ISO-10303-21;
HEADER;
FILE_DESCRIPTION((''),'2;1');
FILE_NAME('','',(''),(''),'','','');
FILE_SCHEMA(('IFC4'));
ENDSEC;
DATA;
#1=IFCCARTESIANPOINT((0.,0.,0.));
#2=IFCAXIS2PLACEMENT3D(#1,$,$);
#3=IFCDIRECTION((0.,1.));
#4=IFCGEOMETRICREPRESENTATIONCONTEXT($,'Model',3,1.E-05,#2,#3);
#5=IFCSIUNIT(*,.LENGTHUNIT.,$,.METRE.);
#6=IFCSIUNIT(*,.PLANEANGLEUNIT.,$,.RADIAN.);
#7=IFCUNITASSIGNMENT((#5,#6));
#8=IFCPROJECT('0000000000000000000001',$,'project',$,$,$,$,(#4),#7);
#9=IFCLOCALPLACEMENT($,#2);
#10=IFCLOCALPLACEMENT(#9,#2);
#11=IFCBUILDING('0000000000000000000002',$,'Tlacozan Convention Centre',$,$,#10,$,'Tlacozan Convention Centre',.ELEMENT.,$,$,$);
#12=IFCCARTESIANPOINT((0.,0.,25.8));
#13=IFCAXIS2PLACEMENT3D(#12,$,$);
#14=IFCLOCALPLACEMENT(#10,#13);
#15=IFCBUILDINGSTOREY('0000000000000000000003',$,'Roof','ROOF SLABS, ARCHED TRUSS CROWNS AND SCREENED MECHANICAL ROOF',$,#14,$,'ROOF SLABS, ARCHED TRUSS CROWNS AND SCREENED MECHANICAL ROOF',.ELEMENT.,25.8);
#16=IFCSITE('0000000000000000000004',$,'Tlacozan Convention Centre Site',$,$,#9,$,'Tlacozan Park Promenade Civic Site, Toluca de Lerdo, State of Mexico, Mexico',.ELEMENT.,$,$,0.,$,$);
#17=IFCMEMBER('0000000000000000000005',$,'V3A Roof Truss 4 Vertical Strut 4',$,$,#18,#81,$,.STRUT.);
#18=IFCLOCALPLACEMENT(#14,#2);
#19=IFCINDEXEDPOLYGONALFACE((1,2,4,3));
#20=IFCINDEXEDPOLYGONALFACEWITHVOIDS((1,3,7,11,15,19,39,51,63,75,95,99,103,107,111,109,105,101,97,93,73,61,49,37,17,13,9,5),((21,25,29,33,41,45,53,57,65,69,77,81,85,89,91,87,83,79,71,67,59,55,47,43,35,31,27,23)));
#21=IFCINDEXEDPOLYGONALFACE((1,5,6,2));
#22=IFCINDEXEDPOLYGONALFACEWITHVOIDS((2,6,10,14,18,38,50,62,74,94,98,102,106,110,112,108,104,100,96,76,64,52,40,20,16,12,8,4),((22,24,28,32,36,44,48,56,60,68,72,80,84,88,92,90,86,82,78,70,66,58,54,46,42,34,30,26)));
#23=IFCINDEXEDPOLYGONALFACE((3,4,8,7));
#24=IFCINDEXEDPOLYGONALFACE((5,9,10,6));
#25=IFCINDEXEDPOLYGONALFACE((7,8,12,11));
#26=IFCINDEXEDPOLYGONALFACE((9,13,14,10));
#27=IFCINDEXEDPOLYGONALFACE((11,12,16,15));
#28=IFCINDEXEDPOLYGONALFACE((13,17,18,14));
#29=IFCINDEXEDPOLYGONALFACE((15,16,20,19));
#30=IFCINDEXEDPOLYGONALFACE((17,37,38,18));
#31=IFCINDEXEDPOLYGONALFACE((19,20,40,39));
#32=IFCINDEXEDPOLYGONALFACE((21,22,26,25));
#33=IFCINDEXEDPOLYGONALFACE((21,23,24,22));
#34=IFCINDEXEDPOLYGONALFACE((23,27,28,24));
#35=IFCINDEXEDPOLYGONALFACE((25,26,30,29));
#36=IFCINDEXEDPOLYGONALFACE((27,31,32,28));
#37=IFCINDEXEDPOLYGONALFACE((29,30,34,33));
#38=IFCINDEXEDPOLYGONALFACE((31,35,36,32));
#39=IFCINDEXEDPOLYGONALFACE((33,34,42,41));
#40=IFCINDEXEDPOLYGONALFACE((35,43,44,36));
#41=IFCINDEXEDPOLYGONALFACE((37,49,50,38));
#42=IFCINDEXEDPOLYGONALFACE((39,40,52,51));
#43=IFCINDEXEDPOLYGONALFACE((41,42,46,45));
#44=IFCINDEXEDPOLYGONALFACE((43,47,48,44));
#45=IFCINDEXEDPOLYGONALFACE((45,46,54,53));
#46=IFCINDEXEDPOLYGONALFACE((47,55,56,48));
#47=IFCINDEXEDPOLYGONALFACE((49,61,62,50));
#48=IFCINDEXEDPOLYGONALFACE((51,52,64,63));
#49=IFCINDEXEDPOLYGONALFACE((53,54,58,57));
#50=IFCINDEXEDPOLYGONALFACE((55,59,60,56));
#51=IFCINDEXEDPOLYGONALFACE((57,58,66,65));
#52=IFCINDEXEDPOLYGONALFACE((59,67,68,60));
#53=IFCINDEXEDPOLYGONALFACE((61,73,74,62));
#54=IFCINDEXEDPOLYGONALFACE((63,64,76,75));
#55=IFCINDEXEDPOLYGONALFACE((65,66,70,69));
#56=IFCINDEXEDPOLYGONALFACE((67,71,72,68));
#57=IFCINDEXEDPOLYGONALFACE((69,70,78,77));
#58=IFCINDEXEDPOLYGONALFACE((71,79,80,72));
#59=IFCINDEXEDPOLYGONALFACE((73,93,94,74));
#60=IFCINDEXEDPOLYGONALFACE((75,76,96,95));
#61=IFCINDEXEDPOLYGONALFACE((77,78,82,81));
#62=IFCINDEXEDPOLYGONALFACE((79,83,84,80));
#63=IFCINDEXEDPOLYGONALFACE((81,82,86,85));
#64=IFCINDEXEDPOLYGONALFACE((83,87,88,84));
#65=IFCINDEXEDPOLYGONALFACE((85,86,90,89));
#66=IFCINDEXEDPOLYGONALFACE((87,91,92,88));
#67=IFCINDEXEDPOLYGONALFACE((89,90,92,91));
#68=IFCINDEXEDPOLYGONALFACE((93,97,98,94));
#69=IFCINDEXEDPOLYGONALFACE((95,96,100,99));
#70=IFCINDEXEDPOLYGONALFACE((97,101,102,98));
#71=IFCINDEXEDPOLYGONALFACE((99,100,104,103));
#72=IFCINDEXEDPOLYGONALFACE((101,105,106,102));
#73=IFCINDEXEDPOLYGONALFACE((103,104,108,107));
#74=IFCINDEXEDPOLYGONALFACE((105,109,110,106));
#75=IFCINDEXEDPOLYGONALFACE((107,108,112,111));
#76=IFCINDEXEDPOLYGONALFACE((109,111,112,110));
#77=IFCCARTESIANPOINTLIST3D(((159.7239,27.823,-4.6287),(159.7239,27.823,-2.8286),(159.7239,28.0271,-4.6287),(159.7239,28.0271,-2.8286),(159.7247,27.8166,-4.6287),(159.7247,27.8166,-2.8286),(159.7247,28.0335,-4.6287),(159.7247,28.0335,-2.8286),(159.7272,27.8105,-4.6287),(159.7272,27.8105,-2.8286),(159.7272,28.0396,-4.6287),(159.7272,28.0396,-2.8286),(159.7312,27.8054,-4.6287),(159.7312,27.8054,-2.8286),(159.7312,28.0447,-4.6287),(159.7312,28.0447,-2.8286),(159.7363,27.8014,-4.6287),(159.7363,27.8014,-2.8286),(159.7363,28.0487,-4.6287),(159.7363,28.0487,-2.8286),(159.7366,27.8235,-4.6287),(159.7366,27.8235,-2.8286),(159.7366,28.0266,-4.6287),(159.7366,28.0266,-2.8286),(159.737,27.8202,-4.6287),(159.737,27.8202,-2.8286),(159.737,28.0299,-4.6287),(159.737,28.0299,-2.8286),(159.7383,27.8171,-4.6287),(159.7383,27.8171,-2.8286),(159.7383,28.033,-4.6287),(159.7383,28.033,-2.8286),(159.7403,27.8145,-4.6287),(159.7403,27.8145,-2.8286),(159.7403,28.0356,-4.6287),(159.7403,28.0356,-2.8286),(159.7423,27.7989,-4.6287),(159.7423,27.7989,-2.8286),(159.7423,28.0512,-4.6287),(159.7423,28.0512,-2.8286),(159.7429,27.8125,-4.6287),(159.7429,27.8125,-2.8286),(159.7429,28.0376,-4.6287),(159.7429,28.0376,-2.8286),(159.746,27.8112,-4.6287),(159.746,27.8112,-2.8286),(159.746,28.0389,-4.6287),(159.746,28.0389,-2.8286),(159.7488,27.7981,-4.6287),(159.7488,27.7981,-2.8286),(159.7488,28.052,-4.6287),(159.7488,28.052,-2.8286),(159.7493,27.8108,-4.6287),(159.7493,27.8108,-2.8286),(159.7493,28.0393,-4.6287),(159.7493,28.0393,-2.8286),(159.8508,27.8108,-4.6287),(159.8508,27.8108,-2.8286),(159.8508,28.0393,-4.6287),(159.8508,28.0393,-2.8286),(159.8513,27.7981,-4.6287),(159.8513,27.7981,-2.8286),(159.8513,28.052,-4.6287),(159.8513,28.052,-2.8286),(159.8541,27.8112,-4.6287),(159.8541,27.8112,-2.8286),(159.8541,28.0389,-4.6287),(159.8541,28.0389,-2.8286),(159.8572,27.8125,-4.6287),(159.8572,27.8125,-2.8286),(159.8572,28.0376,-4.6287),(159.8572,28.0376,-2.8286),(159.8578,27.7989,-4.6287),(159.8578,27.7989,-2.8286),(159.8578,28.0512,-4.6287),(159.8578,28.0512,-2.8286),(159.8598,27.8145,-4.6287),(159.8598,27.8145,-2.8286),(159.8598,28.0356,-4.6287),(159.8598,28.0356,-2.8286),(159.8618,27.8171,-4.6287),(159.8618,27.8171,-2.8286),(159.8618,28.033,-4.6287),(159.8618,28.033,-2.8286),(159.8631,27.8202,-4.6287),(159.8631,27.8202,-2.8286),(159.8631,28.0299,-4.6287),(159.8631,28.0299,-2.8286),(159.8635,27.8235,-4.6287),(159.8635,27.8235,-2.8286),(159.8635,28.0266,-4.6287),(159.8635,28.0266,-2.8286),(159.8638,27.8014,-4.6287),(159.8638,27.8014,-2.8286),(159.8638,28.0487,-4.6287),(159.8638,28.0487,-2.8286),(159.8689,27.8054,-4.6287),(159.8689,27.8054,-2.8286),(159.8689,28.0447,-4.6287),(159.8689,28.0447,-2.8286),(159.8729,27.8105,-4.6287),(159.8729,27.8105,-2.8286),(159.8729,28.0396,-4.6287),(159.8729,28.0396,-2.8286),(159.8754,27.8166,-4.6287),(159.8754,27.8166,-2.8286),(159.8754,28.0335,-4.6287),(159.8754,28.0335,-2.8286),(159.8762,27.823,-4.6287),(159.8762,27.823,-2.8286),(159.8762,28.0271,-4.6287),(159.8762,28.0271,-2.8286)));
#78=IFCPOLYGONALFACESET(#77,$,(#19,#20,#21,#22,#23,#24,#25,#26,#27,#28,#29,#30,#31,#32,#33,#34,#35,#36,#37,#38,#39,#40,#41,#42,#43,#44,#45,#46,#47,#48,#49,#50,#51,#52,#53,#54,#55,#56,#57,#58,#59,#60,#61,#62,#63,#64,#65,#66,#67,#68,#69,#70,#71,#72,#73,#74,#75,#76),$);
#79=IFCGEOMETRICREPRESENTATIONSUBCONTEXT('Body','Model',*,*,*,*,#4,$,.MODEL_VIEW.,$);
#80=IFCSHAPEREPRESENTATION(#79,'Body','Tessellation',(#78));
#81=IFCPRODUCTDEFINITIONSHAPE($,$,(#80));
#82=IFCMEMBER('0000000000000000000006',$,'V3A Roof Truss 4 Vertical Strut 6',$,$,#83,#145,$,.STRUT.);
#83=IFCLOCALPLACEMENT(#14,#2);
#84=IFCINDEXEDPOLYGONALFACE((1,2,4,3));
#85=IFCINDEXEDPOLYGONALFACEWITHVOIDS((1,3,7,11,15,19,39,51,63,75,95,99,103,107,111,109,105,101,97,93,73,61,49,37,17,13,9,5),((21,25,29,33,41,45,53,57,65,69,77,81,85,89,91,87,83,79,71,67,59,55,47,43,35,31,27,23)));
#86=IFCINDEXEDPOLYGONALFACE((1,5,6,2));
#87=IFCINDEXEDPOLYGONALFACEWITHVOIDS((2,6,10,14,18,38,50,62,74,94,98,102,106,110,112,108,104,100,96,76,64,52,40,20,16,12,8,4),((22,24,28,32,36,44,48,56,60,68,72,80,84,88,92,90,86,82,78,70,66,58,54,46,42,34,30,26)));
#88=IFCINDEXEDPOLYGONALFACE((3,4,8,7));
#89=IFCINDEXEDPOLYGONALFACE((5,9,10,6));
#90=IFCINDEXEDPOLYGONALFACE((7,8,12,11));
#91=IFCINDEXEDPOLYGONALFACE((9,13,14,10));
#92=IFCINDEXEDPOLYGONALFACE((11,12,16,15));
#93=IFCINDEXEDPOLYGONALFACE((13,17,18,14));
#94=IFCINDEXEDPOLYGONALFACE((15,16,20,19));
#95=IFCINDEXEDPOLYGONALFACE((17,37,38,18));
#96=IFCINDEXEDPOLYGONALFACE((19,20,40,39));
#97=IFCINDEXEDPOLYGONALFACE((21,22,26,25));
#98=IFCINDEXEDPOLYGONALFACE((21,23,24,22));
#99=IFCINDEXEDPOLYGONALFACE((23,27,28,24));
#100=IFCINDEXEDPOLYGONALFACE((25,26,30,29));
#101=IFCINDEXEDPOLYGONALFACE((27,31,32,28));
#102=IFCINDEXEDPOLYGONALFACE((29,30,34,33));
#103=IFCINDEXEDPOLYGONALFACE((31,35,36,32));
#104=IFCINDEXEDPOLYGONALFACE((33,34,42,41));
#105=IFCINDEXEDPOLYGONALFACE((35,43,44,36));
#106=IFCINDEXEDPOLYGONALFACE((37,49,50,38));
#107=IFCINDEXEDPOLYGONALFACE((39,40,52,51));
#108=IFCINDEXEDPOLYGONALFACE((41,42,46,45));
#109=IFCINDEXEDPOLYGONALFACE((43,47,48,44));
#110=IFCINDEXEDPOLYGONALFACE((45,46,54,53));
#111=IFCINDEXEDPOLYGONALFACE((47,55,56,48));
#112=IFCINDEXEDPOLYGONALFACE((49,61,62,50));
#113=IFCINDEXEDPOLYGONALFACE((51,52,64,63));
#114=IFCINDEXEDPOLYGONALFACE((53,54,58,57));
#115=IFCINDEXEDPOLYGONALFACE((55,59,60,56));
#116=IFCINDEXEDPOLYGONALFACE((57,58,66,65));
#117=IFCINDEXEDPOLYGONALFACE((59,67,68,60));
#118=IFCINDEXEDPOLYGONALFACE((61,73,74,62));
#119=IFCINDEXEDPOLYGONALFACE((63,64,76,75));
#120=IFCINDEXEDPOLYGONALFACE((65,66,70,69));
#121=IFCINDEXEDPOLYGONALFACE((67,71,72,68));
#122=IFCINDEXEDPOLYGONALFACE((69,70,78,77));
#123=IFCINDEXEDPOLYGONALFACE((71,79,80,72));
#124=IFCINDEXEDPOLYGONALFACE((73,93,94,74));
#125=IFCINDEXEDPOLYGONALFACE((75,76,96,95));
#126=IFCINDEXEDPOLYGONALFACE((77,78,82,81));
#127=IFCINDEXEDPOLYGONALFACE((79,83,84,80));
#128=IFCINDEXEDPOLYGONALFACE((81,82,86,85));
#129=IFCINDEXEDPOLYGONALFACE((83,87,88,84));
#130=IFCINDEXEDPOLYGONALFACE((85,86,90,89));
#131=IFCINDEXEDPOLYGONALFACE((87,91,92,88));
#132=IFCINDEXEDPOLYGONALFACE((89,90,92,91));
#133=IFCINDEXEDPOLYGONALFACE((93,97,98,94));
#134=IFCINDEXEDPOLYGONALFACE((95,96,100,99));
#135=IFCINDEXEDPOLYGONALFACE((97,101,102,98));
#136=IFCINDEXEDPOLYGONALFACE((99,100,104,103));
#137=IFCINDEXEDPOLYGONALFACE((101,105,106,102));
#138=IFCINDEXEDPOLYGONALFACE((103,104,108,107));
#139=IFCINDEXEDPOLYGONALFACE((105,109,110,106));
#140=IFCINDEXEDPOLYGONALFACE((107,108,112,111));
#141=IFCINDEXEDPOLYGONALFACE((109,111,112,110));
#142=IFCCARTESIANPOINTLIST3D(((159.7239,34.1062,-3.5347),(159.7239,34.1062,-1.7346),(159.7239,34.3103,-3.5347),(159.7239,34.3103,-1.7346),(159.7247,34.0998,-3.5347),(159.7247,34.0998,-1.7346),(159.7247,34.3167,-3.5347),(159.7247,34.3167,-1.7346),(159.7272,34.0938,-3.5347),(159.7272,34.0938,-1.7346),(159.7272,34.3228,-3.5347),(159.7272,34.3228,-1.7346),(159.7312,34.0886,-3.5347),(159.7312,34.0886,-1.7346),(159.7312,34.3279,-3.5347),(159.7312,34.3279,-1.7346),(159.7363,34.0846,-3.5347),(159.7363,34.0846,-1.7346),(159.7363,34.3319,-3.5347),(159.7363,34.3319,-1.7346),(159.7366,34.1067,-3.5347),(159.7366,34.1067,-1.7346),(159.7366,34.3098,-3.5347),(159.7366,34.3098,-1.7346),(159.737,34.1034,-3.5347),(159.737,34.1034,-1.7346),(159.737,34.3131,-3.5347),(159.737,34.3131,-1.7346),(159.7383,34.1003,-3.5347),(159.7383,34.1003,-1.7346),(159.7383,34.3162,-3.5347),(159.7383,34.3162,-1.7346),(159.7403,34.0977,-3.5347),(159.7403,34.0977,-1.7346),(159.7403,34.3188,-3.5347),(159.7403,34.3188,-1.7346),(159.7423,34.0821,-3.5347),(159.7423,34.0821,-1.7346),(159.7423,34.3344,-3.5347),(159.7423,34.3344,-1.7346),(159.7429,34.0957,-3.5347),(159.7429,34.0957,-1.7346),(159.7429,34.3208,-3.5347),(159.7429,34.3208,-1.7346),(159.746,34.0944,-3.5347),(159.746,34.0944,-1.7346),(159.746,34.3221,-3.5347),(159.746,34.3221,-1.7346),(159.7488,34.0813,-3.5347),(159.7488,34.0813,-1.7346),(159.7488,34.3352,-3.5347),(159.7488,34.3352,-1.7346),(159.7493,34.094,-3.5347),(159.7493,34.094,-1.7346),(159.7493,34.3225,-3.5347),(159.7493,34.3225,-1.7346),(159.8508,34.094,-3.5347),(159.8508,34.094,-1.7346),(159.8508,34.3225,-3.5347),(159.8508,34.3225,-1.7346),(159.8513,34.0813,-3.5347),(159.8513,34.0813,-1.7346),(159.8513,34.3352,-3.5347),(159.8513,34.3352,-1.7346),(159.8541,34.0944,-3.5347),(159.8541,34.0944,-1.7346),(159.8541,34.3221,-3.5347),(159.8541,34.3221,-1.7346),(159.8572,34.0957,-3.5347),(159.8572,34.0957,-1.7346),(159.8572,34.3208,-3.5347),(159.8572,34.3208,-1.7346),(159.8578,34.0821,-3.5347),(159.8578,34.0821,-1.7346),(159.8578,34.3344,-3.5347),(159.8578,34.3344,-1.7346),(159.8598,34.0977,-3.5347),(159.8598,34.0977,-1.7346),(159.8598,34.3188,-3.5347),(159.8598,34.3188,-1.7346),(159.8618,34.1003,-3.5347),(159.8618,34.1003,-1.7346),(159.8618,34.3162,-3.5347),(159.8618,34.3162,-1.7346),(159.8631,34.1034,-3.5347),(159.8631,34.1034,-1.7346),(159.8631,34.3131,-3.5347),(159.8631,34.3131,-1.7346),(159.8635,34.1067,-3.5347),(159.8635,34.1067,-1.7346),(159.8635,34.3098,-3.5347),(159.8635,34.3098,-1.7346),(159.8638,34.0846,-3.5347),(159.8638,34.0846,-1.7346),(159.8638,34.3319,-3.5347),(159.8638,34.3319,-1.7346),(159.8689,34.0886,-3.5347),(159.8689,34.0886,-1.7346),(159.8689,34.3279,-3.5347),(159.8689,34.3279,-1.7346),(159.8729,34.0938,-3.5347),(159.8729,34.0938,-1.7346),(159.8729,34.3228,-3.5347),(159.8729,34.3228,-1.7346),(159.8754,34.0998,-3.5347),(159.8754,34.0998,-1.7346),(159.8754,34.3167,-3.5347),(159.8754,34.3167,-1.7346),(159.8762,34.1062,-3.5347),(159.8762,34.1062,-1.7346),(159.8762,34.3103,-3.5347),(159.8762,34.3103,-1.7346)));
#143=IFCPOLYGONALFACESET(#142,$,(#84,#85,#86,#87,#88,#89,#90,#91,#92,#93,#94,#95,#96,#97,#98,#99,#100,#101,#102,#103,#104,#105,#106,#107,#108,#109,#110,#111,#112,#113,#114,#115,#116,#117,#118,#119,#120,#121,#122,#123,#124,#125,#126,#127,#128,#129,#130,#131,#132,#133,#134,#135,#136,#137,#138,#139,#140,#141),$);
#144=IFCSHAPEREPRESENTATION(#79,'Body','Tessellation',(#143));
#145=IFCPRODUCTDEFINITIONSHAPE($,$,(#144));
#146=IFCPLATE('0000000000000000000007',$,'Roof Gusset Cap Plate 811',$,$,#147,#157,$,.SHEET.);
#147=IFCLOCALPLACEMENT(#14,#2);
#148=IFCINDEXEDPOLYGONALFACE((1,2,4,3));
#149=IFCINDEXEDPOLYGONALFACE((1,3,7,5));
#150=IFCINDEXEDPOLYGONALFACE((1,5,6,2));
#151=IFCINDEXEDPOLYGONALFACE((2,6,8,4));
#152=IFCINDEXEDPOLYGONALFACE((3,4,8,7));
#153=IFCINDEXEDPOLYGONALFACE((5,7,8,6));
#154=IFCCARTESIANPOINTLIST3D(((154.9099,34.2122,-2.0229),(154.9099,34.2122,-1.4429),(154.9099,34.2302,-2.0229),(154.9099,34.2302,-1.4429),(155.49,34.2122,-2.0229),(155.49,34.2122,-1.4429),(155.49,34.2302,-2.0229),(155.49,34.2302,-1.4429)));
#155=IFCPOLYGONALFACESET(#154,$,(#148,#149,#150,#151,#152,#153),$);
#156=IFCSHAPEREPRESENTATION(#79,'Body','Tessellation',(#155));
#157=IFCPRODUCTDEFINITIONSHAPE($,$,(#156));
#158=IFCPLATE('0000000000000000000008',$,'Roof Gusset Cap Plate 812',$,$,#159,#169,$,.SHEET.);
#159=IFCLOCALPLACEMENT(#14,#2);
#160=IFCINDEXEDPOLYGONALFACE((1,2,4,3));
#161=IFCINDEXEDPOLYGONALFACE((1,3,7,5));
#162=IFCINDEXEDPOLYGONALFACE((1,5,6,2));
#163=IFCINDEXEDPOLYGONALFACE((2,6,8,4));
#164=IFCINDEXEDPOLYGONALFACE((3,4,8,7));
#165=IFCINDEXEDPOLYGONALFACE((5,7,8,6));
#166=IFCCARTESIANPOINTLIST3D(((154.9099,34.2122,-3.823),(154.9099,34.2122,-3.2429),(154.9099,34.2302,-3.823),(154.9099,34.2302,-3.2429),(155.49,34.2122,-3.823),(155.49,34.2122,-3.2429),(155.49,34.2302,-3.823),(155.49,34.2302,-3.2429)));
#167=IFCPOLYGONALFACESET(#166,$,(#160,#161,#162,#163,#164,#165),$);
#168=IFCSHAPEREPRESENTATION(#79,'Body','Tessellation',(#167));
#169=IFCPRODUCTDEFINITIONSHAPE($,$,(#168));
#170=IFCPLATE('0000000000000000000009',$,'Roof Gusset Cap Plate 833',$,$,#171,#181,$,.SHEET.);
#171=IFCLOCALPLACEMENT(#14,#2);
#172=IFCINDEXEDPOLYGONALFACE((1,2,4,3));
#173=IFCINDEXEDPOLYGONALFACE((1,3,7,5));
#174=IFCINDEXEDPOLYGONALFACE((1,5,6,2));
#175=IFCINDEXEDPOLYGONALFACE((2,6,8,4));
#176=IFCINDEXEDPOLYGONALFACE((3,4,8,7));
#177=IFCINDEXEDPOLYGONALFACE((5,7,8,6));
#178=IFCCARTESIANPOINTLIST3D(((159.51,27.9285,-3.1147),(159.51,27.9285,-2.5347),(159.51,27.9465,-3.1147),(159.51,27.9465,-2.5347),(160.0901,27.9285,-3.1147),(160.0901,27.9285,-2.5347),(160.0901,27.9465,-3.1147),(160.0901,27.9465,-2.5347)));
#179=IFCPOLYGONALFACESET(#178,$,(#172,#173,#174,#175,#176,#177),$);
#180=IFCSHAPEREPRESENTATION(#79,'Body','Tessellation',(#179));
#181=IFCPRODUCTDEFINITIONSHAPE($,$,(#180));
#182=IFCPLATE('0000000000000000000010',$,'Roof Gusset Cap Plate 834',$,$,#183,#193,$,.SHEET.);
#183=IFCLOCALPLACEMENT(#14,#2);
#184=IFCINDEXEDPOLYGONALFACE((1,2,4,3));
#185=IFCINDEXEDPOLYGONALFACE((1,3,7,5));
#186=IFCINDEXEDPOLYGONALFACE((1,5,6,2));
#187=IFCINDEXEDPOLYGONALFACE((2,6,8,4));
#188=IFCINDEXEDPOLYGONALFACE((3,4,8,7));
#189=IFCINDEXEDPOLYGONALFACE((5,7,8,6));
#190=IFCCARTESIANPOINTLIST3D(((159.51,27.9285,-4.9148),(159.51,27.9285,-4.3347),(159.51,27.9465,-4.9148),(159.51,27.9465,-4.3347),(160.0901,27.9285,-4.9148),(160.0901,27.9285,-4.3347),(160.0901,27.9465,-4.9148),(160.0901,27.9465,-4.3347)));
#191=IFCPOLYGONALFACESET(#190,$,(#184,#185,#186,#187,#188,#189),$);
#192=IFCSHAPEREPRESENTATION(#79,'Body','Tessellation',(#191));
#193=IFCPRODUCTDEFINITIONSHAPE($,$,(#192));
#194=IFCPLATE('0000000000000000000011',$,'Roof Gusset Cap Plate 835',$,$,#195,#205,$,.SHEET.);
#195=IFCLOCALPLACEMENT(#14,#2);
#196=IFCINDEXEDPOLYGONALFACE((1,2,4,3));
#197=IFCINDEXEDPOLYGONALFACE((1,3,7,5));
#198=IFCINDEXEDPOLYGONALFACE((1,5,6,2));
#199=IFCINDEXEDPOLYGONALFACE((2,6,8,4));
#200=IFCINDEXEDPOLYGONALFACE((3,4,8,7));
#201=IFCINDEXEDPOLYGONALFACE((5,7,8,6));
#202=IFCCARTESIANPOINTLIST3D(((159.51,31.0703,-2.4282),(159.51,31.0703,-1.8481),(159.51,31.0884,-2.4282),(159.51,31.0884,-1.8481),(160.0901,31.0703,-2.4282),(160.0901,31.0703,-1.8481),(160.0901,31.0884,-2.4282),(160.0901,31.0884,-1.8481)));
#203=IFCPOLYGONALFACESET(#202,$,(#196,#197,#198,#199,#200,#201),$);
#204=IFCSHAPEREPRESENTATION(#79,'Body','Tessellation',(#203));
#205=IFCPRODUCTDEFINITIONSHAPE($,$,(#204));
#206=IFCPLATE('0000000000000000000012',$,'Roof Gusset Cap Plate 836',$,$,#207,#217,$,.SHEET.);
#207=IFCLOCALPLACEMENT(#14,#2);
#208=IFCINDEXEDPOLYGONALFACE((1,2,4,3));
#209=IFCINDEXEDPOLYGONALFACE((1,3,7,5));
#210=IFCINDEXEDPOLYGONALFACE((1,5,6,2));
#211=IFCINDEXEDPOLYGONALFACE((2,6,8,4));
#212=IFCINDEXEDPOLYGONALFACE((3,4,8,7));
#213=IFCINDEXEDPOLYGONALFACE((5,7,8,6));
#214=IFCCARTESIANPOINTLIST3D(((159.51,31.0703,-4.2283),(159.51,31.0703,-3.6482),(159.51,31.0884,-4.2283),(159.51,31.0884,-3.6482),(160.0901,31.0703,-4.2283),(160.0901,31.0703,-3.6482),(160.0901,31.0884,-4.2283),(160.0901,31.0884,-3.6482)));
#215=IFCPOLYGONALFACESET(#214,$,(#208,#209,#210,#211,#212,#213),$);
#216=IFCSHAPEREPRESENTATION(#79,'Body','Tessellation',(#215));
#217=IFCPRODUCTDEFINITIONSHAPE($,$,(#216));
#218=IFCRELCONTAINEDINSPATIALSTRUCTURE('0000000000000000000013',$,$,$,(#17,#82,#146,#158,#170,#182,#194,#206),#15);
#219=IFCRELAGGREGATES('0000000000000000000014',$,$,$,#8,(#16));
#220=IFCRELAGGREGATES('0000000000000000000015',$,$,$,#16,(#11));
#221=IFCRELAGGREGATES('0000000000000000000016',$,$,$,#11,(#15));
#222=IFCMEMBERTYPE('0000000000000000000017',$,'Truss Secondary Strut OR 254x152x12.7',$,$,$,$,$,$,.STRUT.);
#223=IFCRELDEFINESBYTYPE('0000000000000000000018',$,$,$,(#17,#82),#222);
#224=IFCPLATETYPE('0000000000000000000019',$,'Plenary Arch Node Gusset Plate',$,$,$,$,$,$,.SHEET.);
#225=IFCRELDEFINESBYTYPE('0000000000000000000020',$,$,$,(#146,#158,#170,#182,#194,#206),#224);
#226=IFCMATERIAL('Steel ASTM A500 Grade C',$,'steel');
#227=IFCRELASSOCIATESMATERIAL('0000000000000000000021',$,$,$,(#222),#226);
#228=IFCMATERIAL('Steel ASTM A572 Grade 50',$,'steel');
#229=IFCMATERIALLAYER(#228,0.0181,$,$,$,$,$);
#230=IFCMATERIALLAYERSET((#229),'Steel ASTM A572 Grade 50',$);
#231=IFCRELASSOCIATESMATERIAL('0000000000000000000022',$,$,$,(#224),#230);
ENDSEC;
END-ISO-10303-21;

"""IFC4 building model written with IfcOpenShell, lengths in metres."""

from ifc_helpers import new_model, si_unit, direction, frame, origin, origin_2d, place, context, subcontext, project, spatial, rectangle, hollow_rectangle, extrude, material, layer, layer_set, material_profile, profile_set, type_object, element, save


model = new_model("IFC4")

# Units and contexts
model_context = context("Model", 3, precision=1e-05, world=origin(), true_north=direction((0.0, 1.0)))
body_context = subcontext(model_context, "Body", "Model", "MODEL_VIEW")
ifc_project = project(units=[si_unit("LENGTHUNIT", "METRE"), si_unit("PLANEANGLEUNIT", "RADIAN")], contexts=[model_context])

# Site, building, storey
site_placement = place(None, origin())
site = spatial("IfcSite", under=ifc_project, at=site_placement, Name="Tlacozan Convention Centre Site", LongName="Tlacozan Park Promenade Civic Site, Toluca de Lerdo, State of Mexico, Mexico", CompositionType="ELEMENT", RefElevation=0.0)
building_placement = place(site_placement, origin())
building = spatial("IfcBuilding", under=site, at=building_placement, Name="Tlacozan Convention Centre", LongName="Tlacozan Convention Centre", CompositionType="ELEMENT")
storey_placement = place(building_placement, frame((0.0, 0.0, 25.8)))
storey = spatial("IfcBuildingStorey", under=building, at=storey_placement, Name="Roof", Description="ROOF SLABS, ARCHED TRUSS CROWNS AND SCREENED MECHANICAL ROOF", LongName="ROOF SLABS, ARCHED TRUSS CROWNS AND SCREENED MECHANICAL ROOF", CompositionType="ELEMENT", Elevation=25.8)

# Members
ifc_material_1 = material(Name="Steel ASTM A500 Grade C", Category="steel")
ifc_material_profile_1 = material_profile(ifc_material_1, hollow_rectangle(XDim=0.1523, YDim=0.2539, WallThickness=0.0127, InnerFilletRadius=0.0127, OuterFilletRadius=0.0249, at=origin_2d()), Name="OR 254x152x12.7")
ifc_profile_set_1 = profile_set([ifc_material_profile_1], Name="Steel ASTM A500 Grade C")
member_type_1 = type_object("IfcMemberType", Name="Truss Secondary Strut OR 254x152x12.7", PredefinedType="STRUT", material=ifc_profile_set_1)
for number, where, z_axis, x_axis, name in (
    (1, (159.8, 27.925, -4.6287), (0.0, 0.0, 1.0), (1.0, 0.0, 0.0), "V3A Roof Truss 4 Vertical Strut 4"),
    (2, (159.8, 34.2083, -3.5347), (0.0, 0.0, 1.0), (1.0, 0.0, 0.0), "V3A Roof Truss 4 Vertical Strut 6"),
):
    element("IfcMember", number, at=place(storey_placement, frame(where, z_axis=z_axis, x_axis=x_axis)), inside=storey, type_object=member_type_1, Name=name, PredefinedType="STRUT", context=body_context, shape_type="SweptSolid", body=[
        extrude(hollow_rectangle(XDim=0.1523, YDim=0.2539, WallThickness=0.0127, InnerFilletRadius=0.0127, OuterFilletRadius=0.0249, at=origin_2d()), origin(), (0.0, 0.0, 1.0), 1.8),
    ])

# Plates
ifc_material_2 = material(Name="Steel ASTM A572 Grade 50", Category="steel")
ifc_layer = layer(ifc_material_2, 0.0181)
ifc_layer_set = layer_set([ifc_layer], Name="Steel ASTM A572 Grade 50")
plate_type = type_object("IfcPlateType", Name="Plenary Arch Node Gusset Plate", PredefinedType="SHEET", material=ifc_layer_set)
for number, where, z_axis, x_axis, name in (
    (3, (155.2, 34.2212, -2.0229), (0.0, 0.0, 1.0), (0.0, 1.0, 0.0), "Roof Gusset Cap Plate 811"),
    (4, (155.2, 34.2212, -3.823), (0.0, 0.0, 1.0), (0.0, 1.0, 0.0), "Roof Gusset Cap Plate 812"),
    (5, (159.8, 27.9375, -3.1147), (0.0, 0.0, 1.0), (0.0, 1.0, 0.0), "Roof Gusset Cap Plate 833"),
    (6, (159.8, 27.9375, -4.9148), (0.0, 0.0, 1.0), (0.0, 1.0, 0.0), "Roof Gusset Cap Plate 834"),
    (7, (159.8, 31.0793, -2.4282), (0.0, 0.0, 1.0), (0.0, 1.0, 0.0), "Roof Gusset Cap Plate 835"),
    (8, (159.8, 31.0793, -4.2283), (0.0, 0.0, 1.0), (0.0, 1.0, 0.0), "Roof Gusset Cap Plate 836"),
):
    element("IfcPlate", number, at=place(storey_placement, frame(where, z_axis=z_axis, x_axis=x_axis)), inside=storey, type_object=plate_type, Name=name, PredefinedType="SHEET", context=body_context, shape_type="SweptSolid", body=[
        extrude(rectangle(XDim=0.0181, YDim=0.5801, at=origin_2d()), origin(), (0.0, 0.0, 1.0), 0.5801),
    ])

save(model, "model.ifc")
